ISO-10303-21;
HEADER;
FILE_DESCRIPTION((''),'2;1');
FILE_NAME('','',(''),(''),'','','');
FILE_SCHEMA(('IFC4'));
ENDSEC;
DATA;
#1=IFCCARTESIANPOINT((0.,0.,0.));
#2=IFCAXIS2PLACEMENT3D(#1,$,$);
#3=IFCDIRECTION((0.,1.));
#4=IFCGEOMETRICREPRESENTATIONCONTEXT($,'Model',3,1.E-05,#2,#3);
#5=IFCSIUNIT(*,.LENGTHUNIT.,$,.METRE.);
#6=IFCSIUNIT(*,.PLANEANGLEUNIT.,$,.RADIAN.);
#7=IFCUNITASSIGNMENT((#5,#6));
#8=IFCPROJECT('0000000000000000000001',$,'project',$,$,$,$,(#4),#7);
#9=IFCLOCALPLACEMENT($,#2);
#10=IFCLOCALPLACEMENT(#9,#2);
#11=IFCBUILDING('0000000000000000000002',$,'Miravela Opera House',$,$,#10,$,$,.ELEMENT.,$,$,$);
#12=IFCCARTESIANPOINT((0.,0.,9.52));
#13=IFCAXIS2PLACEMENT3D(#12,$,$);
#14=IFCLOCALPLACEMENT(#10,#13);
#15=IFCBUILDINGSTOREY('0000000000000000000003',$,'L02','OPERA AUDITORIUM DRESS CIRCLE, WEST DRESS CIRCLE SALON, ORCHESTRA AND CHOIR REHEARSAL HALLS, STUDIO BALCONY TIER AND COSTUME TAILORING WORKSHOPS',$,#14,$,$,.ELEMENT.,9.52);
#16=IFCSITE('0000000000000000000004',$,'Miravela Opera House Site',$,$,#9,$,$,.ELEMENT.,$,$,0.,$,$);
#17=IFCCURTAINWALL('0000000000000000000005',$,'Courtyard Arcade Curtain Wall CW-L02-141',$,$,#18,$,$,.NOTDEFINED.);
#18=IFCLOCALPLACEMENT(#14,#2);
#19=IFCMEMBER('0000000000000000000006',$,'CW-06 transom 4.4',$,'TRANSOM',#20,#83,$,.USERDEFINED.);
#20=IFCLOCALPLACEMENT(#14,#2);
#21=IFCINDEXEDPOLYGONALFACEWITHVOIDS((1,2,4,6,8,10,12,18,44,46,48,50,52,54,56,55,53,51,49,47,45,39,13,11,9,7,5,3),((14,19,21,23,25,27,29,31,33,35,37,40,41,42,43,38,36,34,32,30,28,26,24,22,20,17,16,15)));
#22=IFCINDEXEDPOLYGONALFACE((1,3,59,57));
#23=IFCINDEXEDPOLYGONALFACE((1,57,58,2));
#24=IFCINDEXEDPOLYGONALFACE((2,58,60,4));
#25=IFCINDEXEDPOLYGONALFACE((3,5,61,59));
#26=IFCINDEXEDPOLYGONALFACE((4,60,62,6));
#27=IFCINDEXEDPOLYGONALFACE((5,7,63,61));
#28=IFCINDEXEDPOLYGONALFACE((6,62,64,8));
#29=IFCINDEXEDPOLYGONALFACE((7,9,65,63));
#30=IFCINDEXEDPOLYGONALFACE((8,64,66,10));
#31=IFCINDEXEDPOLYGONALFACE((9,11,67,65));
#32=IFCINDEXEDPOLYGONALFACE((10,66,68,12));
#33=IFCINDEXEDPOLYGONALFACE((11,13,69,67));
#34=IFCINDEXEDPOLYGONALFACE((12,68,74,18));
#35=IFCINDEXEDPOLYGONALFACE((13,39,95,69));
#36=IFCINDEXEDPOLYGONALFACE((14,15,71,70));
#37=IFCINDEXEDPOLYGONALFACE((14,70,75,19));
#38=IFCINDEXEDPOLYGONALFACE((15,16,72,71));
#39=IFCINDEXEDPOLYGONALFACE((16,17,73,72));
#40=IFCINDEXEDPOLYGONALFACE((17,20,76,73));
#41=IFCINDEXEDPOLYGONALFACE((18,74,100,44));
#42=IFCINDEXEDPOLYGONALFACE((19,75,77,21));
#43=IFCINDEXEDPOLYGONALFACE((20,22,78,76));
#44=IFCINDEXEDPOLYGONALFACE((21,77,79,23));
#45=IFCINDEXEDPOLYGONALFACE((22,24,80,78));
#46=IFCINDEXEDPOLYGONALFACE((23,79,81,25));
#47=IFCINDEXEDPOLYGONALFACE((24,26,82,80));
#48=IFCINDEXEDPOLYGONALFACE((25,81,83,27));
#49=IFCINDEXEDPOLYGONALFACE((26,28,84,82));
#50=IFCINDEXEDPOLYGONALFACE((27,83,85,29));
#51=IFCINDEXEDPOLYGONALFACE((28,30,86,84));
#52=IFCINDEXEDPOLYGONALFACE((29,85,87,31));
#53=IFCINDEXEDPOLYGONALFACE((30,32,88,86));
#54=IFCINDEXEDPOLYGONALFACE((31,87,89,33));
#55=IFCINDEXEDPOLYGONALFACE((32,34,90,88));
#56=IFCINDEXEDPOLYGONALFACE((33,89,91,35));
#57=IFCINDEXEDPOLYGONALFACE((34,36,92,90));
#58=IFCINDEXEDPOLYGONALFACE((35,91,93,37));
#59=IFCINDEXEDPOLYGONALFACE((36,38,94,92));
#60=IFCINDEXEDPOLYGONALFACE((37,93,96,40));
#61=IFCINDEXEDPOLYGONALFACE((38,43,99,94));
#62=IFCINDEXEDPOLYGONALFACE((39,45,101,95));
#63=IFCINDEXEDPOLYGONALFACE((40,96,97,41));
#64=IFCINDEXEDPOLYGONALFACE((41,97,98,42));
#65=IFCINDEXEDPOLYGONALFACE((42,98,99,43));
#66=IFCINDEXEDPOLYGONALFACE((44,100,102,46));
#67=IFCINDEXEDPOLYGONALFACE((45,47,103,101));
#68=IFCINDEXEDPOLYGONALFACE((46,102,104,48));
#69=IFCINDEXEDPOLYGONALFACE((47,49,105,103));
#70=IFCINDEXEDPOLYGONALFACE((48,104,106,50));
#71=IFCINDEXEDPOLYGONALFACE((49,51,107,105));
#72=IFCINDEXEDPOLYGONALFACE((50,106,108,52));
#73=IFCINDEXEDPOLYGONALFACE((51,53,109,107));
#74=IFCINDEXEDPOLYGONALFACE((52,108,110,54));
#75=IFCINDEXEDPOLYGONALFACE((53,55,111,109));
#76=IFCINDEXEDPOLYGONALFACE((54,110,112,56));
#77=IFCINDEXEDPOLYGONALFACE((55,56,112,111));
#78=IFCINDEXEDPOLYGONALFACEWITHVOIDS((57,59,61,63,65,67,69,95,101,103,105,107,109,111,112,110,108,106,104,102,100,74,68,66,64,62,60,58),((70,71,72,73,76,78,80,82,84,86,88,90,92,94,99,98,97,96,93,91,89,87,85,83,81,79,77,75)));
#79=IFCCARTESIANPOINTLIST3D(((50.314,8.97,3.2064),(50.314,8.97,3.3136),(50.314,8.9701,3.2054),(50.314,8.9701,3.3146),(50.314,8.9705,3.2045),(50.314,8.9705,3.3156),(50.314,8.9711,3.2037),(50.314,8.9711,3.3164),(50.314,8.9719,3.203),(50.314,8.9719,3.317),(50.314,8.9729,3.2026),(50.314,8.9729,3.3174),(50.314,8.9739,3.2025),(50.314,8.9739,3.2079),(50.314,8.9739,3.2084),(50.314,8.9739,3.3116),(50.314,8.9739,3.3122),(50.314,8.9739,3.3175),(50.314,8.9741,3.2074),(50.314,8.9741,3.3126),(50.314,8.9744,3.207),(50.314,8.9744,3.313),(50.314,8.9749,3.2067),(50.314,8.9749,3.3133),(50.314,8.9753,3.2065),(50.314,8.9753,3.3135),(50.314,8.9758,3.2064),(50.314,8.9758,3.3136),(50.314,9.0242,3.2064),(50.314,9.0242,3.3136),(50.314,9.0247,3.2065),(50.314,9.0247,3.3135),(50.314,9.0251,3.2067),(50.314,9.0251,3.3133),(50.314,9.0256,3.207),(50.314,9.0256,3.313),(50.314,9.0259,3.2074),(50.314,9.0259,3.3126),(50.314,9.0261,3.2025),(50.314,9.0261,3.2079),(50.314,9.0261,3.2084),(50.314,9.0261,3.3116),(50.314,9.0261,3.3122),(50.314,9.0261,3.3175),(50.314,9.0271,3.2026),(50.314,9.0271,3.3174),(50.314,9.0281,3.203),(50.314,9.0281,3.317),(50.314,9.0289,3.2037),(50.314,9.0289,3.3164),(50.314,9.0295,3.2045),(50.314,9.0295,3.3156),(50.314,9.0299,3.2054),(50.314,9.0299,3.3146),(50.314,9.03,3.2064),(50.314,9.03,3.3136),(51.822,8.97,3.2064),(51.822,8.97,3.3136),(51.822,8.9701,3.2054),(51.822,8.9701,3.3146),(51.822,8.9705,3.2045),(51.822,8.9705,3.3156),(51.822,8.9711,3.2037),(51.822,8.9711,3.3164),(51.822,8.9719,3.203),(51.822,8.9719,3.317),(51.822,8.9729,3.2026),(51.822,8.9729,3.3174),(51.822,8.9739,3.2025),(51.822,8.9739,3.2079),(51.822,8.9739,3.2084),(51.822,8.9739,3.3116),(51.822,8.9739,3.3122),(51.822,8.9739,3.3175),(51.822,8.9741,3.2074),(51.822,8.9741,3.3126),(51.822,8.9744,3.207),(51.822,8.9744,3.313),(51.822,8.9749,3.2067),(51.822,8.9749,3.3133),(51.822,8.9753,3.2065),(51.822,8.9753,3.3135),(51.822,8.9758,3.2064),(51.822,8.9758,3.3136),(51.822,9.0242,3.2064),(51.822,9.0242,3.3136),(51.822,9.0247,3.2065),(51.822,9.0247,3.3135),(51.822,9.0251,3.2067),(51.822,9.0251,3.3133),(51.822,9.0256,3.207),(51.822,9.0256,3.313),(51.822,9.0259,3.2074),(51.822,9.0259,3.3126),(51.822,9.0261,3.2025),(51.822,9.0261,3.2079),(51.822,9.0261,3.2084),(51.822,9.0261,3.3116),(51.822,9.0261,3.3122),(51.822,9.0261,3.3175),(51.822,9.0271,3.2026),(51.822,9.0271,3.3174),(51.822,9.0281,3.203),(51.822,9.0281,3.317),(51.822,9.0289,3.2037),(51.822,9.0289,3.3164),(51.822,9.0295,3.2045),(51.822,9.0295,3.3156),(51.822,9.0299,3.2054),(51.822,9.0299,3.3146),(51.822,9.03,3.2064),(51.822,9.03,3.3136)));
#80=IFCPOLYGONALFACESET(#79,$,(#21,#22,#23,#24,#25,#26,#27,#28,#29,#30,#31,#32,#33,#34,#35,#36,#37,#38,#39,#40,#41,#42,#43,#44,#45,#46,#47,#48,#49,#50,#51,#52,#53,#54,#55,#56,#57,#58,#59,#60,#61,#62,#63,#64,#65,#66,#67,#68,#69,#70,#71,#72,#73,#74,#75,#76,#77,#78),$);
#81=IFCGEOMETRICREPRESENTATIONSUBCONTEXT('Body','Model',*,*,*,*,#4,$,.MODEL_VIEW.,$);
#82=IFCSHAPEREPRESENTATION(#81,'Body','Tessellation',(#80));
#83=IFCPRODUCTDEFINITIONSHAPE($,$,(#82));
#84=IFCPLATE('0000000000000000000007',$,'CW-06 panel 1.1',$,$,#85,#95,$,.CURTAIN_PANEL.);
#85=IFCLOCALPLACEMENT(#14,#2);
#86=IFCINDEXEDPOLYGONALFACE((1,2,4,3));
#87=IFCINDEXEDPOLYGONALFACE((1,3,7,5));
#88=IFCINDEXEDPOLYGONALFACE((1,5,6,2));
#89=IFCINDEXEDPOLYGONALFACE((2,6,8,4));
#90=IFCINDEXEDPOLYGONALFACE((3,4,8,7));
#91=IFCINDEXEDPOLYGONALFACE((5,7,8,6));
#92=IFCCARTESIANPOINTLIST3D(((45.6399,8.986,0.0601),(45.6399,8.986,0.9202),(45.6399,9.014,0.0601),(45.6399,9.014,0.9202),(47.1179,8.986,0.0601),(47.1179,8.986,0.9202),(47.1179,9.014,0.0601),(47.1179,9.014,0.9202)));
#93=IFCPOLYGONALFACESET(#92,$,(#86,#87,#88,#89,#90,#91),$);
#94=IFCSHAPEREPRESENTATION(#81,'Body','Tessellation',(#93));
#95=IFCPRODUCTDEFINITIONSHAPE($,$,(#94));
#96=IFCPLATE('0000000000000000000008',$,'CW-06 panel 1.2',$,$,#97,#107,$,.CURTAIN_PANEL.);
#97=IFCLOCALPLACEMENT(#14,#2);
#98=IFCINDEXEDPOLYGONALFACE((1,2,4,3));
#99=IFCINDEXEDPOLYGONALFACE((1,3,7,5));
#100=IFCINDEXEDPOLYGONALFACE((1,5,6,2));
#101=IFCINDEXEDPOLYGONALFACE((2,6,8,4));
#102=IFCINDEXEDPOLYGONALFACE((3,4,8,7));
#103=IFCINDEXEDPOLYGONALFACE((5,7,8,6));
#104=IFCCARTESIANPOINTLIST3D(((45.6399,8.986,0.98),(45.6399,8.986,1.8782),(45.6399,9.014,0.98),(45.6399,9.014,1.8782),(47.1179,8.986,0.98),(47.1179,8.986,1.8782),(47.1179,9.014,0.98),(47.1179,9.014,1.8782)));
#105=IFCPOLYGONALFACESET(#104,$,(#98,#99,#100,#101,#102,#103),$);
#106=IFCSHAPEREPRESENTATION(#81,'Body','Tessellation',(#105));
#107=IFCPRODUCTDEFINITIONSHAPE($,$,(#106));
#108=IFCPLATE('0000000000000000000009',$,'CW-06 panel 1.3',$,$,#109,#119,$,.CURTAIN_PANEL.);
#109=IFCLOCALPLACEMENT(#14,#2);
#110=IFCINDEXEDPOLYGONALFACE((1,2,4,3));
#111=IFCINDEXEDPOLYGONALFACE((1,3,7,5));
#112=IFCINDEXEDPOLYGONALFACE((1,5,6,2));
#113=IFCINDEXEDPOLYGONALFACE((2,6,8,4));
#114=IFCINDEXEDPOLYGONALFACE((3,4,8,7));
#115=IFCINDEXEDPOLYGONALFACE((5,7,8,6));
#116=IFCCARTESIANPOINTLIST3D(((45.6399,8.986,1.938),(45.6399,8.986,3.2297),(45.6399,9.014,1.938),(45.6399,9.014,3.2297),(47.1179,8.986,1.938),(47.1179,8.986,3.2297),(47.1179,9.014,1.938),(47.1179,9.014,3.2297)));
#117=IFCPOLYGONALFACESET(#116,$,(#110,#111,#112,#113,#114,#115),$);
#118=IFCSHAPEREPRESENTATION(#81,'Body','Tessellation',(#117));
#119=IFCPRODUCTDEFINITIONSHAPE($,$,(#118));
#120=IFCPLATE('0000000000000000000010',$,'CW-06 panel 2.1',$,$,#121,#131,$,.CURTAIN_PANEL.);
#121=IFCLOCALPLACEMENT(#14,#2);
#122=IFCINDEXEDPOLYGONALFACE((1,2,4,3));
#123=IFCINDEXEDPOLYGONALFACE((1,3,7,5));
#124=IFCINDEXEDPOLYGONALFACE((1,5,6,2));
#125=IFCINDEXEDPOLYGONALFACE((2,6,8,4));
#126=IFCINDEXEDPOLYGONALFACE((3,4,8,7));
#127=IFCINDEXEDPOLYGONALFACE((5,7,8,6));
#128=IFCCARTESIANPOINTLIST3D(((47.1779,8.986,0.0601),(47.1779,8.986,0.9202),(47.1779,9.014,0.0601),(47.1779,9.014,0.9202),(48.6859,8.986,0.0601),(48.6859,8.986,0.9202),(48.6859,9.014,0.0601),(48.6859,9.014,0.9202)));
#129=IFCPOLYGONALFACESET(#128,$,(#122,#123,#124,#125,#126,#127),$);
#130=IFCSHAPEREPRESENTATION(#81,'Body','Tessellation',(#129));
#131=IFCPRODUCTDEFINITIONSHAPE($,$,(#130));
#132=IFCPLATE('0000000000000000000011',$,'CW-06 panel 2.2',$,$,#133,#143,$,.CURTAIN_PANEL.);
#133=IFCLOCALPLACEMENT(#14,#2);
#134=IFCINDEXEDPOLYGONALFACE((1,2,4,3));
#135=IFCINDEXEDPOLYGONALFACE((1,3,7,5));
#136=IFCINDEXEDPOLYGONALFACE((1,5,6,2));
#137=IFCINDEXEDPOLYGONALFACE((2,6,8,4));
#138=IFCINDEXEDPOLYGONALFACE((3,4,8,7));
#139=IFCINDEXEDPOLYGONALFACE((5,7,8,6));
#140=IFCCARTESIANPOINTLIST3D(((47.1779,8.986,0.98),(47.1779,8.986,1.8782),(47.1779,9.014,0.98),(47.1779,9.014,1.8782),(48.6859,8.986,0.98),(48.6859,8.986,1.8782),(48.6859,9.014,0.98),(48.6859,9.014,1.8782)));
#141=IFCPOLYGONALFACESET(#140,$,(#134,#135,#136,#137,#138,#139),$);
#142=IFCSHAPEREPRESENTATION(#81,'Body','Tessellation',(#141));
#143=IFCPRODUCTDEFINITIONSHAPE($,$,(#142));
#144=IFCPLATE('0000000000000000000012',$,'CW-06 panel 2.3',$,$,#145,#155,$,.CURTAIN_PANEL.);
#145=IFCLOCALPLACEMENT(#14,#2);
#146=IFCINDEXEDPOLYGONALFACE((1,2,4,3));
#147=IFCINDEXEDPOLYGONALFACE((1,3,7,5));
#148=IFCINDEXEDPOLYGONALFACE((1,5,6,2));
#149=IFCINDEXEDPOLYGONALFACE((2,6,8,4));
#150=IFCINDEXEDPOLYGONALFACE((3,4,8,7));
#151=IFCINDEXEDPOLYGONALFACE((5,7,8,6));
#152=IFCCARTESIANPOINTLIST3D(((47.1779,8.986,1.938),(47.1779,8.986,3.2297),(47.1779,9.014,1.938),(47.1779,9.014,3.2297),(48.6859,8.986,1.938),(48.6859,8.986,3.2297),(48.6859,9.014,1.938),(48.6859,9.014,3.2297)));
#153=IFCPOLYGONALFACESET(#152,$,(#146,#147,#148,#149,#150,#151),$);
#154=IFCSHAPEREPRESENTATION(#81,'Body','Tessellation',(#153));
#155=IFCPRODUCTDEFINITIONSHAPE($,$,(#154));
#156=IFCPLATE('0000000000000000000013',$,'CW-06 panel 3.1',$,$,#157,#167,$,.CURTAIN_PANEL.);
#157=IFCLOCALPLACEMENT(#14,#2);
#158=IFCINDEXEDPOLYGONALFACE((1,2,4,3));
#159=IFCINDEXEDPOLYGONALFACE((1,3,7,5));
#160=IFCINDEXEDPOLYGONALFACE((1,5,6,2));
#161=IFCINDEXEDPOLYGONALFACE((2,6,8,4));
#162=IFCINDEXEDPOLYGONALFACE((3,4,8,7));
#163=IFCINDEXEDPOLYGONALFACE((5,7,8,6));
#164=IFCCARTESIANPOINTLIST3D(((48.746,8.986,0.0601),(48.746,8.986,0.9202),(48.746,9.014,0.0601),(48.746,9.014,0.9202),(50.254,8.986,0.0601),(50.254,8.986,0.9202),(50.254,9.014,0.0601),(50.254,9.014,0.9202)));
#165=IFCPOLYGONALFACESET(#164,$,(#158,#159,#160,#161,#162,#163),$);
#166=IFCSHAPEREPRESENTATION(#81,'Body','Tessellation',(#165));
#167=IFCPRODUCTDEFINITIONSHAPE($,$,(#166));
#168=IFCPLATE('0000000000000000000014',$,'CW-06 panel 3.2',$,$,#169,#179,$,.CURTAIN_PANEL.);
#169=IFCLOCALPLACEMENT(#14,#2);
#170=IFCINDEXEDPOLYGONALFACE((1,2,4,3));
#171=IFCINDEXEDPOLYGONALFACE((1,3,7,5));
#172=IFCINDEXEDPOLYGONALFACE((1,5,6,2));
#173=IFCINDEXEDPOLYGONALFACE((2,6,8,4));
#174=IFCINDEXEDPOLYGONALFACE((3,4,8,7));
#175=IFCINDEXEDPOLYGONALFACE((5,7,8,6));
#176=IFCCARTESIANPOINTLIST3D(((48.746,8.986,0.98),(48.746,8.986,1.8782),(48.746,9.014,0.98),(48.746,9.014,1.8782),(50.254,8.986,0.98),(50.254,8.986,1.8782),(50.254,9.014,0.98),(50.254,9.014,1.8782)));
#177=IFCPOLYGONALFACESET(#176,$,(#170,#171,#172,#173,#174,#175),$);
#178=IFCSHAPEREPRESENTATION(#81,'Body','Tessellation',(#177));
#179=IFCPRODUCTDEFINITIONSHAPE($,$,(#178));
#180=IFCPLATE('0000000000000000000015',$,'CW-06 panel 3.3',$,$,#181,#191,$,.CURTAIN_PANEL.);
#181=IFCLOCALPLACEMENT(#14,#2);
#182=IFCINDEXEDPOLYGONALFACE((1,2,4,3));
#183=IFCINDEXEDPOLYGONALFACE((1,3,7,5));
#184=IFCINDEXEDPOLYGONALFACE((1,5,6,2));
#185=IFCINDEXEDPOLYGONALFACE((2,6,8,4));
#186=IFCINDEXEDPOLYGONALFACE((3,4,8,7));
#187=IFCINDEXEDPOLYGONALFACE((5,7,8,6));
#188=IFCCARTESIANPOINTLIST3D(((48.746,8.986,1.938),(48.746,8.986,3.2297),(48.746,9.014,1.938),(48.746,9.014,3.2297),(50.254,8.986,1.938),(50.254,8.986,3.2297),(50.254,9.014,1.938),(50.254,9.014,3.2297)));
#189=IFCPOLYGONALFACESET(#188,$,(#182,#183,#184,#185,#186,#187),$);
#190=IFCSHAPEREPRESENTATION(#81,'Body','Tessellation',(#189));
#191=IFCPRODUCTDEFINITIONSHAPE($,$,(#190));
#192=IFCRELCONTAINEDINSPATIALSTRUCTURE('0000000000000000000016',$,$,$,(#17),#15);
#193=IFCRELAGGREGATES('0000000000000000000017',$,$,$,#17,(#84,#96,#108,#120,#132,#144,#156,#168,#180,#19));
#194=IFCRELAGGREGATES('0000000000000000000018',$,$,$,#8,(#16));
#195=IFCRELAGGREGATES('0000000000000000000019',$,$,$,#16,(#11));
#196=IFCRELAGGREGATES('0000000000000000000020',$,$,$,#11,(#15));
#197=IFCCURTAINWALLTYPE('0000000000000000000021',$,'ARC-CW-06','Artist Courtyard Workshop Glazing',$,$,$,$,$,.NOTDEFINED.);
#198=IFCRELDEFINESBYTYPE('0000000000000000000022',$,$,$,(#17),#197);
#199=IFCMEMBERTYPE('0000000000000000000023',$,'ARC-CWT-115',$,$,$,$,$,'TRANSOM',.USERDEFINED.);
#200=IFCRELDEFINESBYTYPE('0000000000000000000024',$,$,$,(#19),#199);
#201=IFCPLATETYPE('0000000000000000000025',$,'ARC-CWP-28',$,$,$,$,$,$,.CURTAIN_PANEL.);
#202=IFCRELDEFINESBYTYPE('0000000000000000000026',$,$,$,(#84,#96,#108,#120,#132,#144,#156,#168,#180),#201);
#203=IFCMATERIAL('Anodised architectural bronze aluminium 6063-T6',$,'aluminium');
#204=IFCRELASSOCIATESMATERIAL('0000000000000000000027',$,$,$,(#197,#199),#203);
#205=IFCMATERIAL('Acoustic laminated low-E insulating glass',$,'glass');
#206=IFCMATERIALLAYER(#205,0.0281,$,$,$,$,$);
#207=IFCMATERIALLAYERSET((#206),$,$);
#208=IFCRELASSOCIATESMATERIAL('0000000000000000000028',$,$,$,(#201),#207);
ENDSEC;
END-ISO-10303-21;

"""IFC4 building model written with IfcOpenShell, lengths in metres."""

from ifc_helpers import new_model, si_unit, direction, frame, origin, origin_2d, place, context, subcontext, project, spatial, rectangle, hollow_rectangle, extrude, material, layer, layer_set, material_profile, profile_set, type_object, element, aggregate, save


model = new_model("IFC4")

# Units and contexts
model_context = context("Model", 3, precision=1e-05, world=origin(), true_north=direction((0.0, 1.0)))
body_context = subcontext(model_context, "Body", "Model", "MODEL_VIEW")
ifc_project = project(units=[si_unit("LENGTHUNIT", "METRE"), si_unit("PLANEANGLEUNIT", "RADIAN")], contexts=[model_context])

# Site, building, storey
site_placement = place(None, origin())
site = spatial("IfcSite", under=ifc_project, at=site_placement, Name="Miravela Opera House Site", CompositionType="ELEMENT", RefElevation=0.0)
building_placement = place(site_placement, origin())
building = spatial("IfcBuilding", under=site, at=building_placement, Name="Miravela Opera House", CompositionType="ELEMENT")
storey_placement = place(building_placement, frame((0.0, 0.0, 9.52)))
storey = spatial("IfcBuildingStorey", under=building, at=storey_placement, Name="L02", Description="OPERA AUDITORIUM DRESS CIRCLE, WEST DRESS CIRCLE SALON, ORCHESTRA AND CHOIR REHEARSAL HALLS, STUDIO BALCONY TIER AND COSTUME TAILORING WORKSHOPS", CompositionType="ELEMENT", Elevation=9.52)

# Curtain wall, member, plates
ifc_material_1 = material(Name="Anodised architectural bronze aluminium 6063-T6", Category="aluminium")
curtain_wall_type = type_object("IfcCurtainWallType", Name="ARC-CW-06", Description="Artist Courtyard Workshop Glazing", PredefinedType="NOTDEFINED", material=ifc_material_1)
curtain_wall_placement = place(storey_placement, origin())
curtain_wall = element("IfcCurtainWall", 1, at=curtain_wall_placement, inside=storey, type_object=curtain_wall_type, Name="Courtyard Arcade Curtain Wall CW-L02-141", PredefinedType="NOTDEFINED")
ifc_material_profile_1 = material_profile(ifc_material_1, hollow_rectangle(XDim=0.0601, YDim=0.115, WallThickness=0.0039, InnerFilletRadius=0.002, OuterFilletRadius=0.0039, at=origin_2d()), Name="CWT-60X115")
ifc_profile_set_1 = profile_set([ifc_material_profile_1])
member_type_1 = type_object("IfcMemberType", Name="ARC-CWT-115", ElementType="TRANSOM", PredefinedType="USERDEFINED", material=ifc_profile_set_1)
member_1_placement = place(storey_placement, frame((50.314, 9.0, 3.26), z_axis=(1.0, 0.0, 0.0), x_axis=(0.0, 1.0, 0.0)))
member_1 = element("IfcMember", 2, at=member_1_placement, type_object=member_type_1, Name="CW-06 transom 4.4", ObjectType="TRANSOM", PredefinedType="USERDEFINED", context=body_context, shape_type="SweptSolid", body=[
    extrude(hollow_rectangle(XDim=0.0601, YDim=0.115, WallThickness=0.0039, InnerFilletRadius=0.002, OuterFilletRadius=0.0039, at=origin_2d()), origin(), (0.0, 0.0, 1.0), 1.5081),
])
ifc_material_2 = material(Name="Acoustic laminated low-E insulating glass", Category="glass")
ifc_layer = layer(ifc_material_2, 0.0281)
ifc_layer_set = layer_set([ifc_layer])
plate_type = type_object("IfcPlateType", Name="ARC-CWP-28", PredefinedType="CURTAIN_PANEL", material=ifc_layer_set)
plate_1_placement = place(storey_placement, frame((46.3789, 9.0, 0.0601), z_axis=(0.0, 0.0, 1.0), x_axis=(1.0, 0.0, 0.0)))
plate_1 = element("IfcPlate", 3, at=plate_1_placement, type_object=plate_type, Name="CW-06 panel 1.1", PredefinedType="CURTAIN_PANEL", context=body_context, shape_type="SweptSolid", body=[
    extrude(rectangle(XDim=1.478, YDim=0.0281, at=origin_2d()), origin(), (0.0, 0.0, 1.0), 0.8601),
])
plate_2_placement = place(storey_placement, frame((46.3789, 9.0, 0.98), z_axis=(0.0, 0.0, 1.0), x_axis=(1.0, 0.0, 0.0)))
plate_2 = element("IfcPlate", 4, at=plate_2_placement, type_object=plate_type, Name="CW-06 panel 1.2", PredefinedType="CURTAIN_PANEL", context=body_context, shape_type="SweptSolid", body=[
    extrude(rectangle(XDim=1.478, YDim=0.0281, at=origin_2d()), origin(), (0.0, 0.0, 1.0), 0.8982),
])
plate_3_placement = place(storey_placement, frame((46.3789, 9.0, 1.938), z_axis=(0.0, 0.0, 1.0), x_axis=(1.0, 0.0, 0.0)))
plate_3 = element("IfcPlate", 5, at=plate_3_placement, type_object=plate_type, Name="CW-06 panel 1.3", PredefinedType="CURTAIN_PANEL", context=body_context, shape_type="SweptSolid", body=[
    extrude(rectangle(XDim=1.478, YDim=0.0281, at=origin_2d()), origin(), (0.0, 0.0, 1.0), 1.2917),
])
plate_4_placement = place(storey_placement, frame((47.9319, 9.0, 0.0601), z_axis=(0.0, 0.0, 1.0), x_axis=(1.0, 0.0, 0.0)))
plate_4 = element("IfcPlate", 6, at=plate_4_placement, type_object=plate_type, Name="CW-06 panel 2.1", PredefinedType="CURTAIN_PANEL", context=body_context, shape_type="SweptSolid", body=[
    extrude(rectangle(XDim=1.5081, YDim=0.0281, at=origin_2d()), origin(), (0.0, 0.0, 1.0), 0.8601),
])
plate_5_placement = place(storey_placement, frame((47.9319, 9.0, 0.98), z_axis=(0.0, 0.0, 1.0), x_axis=(1.0, 0.0, 0.0)))
plate_5 = element("IfcPlate", 7, at=plate_5_placement, type_object=plate_type, Name="CW-06 panel 2.2", PredefinedType="CURTAIN_PANEL", context=body_context, shape_type="SweptSolid", body=[
    extrude(rectangle(XDim=1.5081, YDim=0.0281, at=origin_2d()), origin(), (0.0, 0.0, 1.0), 0.8982),
])
plate_6_placement = place(storey_placement, frame((47.9319, 9.0, 1.938), z_axis=(0.0, 0.0, 1.0), x_axis=(1.0, 0.0, 0.0)))
plate_6 = element("IfcPlate", 8, at=plate_6_placement, type_object=plate_type, Name="CW-06 panel 2.3", PredefinedType="CURTAIN_PANEL", context=body_context, shape_type="SweptSolid", body=[
    extrude(rectangle(XDim=1.5081, YDim=0.0281, at=origin_2d()), origin(), (0.0, 0.0, 1.0), 1.2917),
])
plate_7_placement = place(storey_placement, frame((49.5, 9.0, 0.0601), z_axis=(0.0, 0.0, 1.0), x_axis=(1.0, 0.0, 0.0)))
plate_7 = element("IfcPlate", 9, at=plate_7_placement, type_object=plate_type, Name="CW-06 panel 3.1", PredefinedType="CURTAIN_PANEL", context=body_context, shape_type="SweptSolid", body=[
    extrude(rectangle(XDim=1.5081, YDim=0.0281, at=origin_2d()), origin(), (0.0, 0.0, 1.0), 0.8601),
])
plate_8_placement = place(storey_placement, frame((49.5, 9.0, 0.98), z_axis=(0.0, 0.0, 1.0), x_axis=(1.0, 0.0, 0.0)))
plate_8 = element("IfcPlate", 10, at=plate_8_placement, type_object=plate_type, Name="CW-06 panel 3.2", PredefinedType="CURTAIN_PANEL", context=body_context, shape_type="SweptSolid", body=[
    extrude(rectangle(XDim=1.5081, YDim=0.0281, at=origin_2d()), origin(), (0.0, 0.0, 1.0), 0.8982),
])
plate_9_placement = place(storey_placement, frame((49.5, 9.0, 1.938), z_axis=(0.0, 0.0, 1.0), x_axis=(1.0, 0.0, 0.0)))
plate_9 = element("IfcPlate", 11, at=plate_9_placement, type_object=plate_type, Name="CW-06 panel 3.3", PredefinedType="CURTAIN_PANEL", context=body_context, shape_type="SweptSolid", body=[
    extrude(rectangle(XDim=1.5081, YDim=0.0281, at=origin_2d()), origin(), (0.0, 0.0, 1.0), 1.2917),
])
aggregate(curtain_wall, [plate_1, plate_2, plate_3, plate_4, plate_5, plate_6, plate_7, plate_8, plate_9, member_1])

save(model, "model.ifc")
